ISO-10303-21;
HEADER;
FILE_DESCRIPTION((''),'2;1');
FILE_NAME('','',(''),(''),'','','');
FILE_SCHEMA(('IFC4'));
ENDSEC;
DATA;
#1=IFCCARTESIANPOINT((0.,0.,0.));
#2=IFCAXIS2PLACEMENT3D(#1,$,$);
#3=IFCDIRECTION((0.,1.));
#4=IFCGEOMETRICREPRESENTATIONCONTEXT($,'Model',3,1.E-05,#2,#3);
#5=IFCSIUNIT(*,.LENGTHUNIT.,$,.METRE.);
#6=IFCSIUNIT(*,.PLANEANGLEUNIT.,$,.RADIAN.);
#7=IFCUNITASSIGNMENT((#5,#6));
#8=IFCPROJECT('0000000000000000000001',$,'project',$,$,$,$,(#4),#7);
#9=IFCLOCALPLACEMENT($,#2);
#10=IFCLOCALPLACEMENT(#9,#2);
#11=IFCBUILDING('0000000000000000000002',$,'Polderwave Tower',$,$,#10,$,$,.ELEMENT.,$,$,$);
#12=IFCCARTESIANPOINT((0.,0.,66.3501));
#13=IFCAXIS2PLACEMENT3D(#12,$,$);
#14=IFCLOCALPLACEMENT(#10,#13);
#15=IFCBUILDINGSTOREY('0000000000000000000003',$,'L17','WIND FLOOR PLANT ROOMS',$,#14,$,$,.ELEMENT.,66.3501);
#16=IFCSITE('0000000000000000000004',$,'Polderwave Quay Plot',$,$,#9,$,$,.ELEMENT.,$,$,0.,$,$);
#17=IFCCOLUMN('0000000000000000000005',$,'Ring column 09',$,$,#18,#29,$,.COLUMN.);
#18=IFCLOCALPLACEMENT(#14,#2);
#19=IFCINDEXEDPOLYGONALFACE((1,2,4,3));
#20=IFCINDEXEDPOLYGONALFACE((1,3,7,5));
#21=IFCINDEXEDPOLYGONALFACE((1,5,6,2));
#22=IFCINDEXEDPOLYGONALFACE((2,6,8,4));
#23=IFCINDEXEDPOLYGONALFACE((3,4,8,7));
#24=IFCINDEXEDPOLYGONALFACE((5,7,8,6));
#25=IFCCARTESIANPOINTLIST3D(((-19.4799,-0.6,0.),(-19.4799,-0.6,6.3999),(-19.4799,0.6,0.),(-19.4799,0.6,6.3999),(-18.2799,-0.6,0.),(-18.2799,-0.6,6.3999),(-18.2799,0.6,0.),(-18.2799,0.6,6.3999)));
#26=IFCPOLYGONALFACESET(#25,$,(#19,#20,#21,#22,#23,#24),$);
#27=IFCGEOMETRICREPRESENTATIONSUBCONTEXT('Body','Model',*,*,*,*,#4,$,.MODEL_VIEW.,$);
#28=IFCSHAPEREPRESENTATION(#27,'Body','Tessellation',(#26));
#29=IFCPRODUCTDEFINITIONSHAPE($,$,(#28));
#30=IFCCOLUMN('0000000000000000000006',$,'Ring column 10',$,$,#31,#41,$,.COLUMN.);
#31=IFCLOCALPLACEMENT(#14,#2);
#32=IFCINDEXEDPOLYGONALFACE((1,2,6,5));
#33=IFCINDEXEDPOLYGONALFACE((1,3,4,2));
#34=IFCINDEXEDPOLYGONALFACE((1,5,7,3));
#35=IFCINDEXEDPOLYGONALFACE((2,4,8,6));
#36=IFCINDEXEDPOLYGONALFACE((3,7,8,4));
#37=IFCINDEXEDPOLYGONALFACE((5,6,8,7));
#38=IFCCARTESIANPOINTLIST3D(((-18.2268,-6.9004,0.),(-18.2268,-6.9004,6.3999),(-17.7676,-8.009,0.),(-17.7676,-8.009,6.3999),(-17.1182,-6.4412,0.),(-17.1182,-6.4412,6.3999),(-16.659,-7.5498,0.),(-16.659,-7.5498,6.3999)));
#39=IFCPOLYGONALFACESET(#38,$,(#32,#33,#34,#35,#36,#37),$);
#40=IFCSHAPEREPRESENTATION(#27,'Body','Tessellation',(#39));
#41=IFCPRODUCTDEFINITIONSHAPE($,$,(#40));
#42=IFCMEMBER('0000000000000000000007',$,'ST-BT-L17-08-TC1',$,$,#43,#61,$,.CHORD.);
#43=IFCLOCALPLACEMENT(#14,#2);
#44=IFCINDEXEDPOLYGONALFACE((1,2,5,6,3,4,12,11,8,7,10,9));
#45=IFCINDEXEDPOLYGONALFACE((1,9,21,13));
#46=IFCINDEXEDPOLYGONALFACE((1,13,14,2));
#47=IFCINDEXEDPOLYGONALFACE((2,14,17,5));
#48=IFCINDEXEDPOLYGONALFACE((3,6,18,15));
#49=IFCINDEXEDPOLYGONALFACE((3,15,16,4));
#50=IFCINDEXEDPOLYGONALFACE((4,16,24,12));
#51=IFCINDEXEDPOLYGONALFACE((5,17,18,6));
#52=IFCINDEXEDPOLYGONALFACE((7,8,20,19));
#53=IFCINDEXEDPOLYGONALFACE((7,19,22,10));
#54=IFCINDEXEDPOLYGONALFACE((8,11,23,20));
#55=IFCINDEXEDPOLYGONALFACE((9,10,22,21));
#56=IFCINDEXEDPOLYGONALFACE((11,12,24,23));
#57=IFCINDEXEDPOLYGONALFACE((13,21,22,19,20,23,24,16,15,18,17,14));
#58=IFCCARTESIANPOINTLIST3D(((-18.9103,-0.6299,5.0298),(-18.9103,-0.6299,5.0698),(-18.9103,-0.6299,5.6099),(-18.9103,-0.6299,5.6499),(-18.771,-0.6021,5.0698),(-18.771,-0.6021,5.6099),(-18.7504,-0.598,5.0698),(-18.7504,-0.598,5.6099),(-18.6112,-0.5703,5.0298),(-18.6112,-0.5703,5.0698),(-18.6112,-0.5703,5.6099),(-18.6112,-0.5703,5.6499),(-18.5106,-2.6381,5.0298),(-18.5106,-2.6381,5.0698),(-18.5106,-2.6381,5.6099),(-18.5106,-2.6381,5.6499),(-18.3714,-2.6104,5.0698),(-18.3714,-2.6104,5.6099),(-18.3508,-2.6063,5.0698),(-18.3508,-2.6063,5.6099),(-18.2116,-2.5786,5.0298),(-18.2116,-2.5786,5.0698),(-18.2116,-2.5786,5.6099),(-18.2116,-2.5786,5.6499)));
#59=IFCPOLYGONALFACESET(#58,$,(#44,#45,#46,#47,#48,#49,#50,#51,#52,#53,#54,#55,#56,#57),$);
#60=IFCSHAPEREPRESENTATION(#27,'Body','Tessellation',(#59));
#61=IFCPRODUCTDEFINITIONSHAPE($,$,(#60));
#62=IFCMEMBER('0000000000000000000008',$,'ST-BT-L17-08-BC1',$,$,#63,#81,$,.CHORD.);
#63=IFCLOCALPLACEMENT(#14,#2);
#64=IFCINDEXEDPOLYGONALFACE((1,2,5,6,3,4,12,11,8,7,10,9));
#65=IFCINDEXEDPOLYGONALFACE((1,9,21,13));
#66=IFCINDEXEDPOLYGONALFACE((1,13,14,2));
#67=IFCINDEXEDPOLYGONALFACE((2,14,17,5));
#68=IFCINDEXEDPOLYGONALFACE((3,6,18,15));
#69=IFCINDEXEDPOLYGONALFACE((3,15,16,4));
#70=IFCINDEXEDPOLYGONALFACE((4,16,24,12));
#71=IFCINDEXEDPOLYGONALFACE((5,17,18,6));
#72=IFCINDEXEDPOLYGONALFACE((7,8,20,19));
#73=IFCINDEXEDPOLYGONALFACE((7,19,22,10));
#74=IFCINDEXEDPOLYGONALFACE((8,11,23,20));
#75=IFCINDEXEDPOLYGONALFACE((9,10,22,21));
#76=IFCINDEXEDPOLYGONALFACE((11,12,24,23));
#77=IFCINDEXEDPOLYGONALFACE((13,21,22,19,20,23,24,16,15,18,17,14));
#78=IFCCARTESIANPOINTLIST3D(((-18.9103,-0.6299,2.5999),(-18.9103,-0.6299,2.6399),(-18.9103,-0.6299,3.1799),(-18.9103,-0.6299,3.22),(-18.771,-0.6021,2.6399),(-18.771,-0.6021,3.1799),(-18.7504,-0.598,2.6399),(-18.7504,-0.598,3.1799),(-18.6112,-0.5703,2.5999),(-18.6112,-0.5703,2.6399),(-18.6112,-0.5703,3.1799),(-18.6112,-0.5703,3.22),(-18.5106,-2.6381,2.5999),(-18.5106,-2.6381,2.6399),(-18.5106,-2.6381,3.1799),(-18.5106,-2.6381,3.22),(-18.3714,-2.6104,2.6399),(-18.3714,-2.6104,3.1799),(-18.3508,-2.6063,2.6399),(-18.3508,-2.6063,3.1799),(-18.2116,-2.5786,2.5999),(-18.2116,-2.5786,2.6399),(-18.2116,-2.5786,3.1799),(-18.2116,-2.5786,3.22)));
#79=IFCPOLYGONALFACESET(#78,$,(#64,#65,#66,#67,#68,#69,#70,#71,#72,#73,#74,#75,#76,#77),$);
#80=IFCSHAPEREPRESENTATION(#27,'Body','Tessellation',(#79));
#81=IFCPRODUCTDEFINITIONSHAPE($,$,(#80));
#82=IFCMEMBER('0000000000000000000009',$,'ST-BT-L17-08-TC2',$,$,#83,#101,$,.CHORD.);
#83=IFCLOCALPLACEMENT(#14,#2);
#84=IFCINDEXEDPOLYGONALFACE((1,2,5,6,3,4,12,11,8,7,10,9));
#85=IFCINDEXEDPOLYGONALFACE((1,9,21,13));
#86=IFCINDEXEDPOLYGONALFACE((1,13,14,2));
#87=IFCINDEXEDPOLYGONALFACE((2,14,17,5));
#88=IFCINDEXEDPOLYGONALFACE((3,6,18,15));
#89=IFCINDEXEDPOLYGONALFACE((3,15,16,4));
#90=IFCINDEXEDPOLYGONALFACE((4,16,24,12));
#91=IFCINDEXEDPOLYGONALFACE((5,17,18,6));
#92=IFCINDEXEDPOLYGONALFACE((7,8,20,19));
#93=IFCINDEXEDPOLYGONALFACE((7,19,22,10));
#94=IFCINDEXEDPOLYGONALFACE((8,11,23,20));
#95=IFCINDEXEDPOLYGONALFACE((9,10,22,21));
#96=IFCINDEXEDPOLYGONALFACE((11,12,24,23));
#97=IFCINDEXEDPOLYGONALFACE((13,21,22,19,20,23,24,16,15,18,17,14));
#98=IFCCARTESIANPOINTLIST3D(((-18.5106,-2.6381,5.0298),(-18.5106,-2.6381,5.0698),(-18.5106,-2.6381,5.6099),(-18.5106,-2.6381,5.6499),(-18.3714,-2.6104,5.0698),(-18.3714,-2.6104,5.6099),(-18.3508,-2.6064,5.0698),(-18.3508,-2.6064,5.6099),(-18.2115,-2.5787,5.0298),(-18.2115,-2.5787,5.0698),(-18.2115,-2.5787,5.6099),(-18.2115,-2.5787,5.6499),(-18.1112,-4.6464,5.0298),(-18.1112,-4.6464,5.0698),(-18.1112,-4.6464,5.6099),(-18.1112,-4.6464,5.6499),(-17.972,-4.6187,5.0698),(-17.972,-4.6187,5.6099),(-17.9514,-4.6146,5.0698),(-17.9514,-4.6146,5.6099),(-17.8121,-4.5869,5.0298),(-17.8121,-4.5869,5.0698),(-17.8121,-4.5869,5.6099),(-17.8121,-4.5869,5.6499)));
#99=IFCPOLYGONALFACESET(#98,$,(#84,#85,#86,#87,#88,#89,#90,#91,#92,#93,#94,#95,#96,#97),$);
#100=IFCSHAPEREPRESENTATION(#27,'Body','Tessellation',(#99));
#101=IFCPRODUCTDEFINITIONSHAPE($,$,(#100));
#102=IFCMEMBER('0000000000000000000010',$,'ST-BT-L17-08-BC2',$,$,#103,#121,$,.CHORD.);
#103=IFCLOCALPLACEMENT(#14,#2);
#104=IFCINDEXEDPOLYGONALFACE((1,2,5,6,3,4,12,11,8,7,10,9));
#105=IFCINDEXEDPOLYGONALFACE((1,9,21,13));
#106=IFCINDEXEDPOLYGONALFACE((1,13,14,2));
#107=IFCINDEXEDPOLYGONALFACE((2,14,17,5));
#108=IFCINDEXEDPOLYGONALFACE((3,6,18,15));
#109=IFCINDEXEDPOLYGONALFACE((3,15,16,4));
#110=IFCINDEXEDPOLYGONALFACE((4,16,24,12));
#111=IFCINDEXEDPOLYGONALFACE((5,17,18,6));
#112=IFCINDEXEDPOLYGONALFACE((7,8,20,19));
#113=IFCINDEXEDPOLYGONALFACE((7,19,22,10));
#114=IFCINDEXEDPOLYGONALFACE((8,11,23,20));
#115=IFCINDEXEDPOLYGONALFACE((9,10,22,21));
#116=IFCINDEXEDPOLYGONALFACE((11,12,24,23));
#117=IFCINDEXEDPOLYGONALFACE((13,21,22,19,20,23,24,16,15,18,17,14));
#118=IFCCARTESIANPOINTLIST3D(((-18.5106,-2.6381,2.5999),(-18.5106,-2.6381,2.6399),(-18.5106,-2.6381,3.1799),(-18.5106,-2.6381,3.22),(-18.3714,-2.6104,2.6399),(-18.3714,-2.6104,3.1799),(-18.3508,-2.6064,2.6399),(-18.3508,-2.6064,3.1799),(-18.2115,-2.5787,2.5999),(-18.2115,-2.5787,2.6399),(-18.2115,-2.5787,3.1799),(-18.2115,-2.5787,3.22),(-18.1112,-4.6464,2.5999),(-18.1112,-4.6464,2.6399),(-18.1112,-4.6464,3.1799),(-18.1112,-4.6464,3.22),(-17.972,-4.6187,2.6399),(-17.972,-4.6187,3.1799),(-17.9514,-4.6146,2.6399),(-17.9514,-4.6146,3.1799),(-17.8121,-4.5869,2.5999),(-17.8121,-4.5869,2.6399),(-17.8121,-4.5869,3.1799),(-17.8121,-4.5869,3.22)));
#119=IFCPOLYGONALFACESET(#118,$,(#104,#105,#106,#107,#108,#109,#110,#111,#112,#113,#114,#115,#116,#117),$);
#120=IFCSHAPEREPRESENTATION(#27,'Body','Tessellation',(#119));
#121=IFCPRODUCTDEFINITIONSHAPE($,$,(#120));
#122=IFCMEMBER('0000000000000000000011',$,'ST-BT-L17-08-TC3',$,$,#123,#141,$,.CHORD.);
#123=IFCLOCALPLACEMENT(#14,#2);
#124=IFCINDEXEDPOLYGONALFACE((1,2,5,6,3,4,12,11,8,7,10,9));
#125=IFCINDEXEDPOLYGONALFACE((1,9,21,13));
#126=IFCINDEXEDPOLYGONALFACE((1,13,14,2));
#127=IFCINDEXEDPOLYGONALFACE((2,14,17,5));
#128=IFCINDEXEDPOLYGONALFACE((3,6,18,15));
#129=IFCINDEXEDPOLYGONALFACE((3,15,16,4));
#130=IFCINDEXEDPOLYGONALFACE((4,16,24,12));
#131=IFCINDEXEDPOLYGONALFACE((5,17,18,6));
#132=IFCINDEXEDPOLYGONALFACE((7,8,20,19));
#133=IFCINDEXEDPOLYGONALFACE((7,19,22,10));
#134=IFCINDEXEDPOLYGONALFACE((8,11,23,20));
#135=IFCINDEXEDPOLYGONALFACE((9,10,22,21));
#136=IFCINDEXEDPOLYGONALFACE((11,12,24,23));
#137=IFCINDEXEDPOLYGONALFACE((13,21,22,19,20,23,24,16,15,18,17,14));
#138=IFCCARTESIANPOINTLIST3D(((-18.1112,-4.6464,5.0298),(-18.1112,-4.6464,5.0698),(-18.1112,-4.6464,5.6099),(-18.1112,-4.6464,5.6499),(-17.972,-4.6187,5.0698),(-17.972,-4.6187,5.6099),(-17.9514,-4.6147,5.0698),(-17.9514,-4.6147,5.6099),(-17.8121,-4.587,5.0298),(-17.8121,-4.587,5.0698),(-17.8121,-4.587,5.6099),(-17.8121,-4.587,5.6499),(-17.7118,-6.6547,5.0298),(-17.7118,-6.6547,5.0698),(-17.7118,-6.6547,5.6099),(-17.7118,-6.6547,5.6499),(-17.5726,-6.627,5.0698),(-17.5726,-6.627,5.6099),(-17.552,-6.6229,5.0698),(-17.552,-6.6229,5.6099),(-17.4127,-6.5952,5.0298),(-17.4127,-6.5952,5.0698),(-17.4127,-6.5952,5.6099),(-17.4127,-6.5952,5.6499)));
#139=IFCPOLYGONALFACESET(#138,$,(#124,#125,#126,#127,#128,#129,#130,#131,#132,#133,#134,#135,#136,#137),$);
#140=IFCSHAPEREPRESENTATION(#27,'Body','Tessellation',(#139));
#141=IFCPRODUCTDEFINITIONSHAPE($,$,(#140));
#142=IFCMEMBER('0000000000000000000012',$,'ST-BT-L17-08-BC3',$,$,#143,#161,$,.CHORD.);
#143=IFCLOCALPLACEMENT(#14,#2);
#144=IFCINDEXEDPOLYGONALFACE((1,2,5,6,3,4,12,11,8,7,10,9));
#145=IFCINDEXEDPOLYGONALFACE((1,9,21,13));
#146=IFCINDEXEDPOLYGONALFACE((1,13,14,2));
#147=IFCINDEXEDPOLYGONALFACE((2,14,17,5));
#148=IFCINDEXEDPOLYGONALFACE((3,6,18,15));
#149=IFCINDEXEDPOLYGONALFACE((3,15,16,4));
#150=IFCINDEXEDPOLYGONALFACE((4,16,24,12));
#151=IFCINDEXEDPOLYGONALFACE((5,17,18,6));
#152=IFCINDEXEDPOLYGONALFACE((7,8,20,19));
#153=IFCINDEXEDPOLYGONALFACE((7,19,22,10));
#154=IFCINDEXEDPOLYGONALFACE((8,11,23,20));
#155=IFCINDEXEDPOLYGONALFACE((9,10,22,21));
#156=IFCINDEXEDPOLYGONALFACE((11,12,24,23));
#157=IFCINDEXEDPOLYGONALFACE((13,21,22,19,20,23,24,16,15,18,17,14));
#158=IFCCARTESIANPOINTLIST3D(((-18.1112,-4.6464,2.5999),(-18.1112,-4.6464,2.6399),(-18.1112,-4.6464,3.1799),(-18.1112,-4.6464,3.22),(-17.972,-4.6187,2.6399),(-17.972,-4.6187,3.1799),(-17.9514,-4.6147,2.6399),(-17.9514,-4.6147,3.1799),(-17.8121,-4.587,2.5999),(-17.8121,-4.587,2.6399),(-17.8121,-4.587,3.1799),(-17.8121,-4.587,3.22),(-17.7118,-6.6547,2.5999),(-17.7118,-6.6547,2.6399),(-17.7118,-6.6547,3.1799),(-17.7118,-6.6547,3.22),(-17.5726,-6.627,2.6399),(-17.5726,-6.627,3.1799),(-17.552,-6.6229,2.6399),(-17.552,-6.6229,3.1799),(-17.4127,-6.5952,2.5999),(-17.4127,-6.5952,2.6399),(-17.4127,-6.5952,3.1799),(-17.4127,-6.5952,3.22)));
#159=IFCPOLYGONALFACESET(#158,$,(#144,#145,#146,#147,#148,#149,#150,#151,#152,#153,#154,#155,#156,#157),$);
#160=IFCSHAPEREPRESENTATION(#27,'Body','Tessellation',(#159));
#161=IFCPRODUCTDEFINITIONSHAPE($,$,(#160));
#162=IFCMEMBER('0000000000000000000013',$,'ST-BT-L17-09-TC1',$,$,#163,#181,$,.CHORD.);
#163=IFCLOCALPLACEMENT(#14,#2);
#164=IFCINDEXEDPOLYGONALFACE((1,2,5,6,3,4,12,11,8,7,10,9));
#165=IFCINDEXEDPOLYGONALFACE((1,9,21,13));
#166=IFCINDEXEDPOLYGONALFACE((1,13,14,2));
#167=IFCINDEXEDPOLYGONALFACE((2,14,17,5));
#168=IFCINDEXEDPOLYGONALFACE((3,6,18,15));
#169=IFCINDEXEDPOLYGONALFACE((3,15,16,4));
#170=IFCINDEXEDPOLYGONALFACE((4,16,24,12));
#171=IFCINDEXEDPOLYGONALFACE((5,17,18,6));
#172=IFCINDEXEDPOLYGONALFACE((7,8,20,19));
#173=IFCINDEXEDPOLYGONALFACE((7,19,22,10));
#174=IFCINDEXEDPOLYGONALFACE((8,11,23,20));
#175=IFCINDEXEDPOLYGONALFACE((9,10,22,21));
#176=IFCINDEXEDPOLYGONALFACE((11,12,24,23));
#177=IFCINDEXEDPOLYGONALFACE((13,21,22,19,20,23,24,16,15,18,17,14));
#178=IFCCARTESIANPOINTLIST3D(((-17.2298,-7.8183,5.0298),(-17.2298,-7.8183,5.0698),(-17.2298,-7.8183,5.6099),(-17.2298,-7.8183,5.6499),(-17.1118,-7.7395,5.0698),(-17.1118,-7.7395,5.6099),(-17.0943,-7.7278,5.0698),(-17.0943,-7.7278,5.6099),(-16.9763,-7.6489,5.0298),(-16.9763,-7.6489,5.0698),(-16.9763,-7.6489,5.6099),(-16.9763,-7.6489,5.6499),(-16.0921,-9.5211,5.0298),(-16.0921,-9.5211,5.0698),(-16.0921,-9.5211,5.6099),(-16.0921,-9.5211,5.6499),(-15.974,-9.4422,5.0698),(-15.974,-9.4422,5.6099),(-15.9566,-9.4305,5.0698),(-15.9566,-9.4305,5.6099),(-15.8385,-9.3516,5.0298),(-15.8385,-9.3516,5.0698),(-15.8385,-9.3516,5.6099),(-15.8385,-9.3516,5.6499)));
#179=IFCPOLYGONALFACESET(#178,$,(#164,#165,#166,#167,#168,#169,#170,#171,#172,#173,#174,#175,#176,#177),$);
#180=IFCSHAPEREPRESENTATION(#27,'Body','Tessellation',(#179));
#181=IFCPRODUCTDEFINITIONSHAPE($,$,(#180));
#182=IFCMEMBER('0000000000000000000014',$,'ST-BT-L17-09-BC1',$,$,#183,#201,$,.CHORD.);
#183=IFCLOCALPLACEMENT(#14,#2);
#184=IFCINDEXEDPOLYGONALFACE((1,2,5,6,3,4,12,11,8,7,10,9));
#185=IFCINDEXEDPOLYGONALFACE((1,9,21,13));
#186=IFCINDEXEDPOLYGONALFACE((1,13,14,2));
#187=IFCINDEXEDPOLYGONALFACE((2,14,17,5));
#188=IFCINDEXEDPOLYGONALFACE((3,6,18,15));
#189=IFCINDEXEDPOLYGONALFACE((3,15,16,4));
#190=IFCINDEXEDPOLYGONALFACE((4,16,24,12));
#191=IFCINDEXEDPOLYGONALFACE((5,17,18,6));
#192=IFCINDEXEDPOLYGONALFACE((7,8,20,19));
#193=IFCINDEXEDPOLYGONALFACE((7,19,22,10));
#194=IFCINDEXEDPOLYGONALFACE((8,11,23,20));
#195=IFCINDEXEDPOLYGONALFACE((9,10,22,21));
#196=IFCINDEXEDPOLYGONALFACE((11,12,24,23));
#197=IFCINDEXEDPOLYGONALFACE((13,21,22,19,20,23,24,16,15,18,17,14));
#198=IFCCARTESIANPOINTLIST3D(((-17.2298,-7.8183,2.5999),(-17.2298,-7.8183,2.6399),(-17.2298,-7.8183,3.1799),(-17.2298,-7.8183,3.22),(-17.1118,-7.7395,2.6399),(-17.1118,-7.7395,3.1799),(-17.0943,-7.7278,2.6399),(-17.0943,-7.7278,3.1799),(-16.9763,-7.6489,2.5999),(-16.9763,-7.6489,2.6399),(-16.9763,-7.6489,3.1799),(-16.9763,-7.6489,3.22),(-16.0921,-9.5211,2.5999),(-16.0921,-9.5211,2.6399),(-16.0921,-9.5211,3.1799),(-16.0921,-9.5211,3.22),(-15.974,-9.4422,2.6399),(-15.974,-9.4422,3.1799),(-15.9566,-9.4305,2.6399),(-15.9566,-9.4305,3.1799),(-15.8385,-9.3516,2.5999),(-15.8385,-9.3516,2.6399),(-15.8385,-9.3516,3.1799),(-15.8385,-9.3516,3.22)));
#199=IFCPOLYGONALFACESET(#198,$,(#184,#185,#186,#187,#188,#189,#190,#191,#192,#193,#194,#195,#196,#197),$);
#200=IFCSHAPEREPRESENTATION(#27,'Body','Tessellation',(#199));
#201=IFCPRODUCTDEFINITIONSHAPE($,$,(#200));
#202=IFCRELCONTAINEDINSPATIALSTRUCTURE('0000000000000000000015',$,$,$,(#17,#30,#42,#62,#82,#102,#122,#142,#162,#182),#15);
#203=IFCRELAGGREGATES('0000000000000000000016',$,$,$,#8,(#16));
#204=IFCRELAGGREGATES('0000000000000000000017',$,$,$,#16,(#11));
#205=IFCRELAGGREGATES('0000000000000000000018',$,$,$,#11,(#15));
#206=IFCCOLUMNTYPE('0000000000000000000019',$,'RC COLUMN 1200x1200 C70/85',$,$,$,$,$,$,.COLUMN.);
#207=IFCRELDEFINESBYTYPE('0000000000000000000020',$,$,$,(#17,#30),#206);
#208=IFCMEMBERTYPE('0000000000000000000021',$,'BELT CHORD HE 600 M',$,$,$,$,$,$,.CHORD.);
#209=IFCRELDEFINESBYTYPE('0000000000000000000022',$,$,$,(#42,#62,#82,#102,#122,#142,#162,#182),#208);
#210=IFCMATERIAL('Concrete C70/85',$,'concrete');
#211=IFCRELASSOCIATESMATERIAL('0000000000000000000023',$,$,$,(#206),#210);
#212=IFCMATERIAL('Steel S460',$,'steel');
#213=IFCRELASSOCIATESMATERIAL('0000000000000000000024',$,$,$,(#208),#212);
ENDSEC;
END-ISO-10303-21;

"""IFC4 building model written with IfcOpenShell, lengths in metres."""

from ifc_helpers import new_model, si_unit, direction, frame, origin, origin_2d, place, context, subcontext, project, spatial, rectangle, i_section, extrude, material, material_profile, profile_set, type_object, element, save


model = new_model("IFC4")

# Units and contexts
model_context = context("Model", 3, precision=1e-05, world=origin(), true_north=direction((0.0, 1.0)))
body_context = subcontext(model_context, "Body", "Model", "MODEL_VIEW")
ifc_project = project(units=[si_unit("LENGTHUNIT", "METRE"), si_unit("PLANEANGLEUNIT", "RADIAN")], contexts=[model_context])

# Site, building, storey
site_placement = place(None, origin())
site = spatial("IfcSite", under=ifc_project, at=site_placement, Name="Polderwave Quay Plot", CompositionType="ELEMENT", RefElevation=0.0)
building_placement = place(site_placement, origin())
building = spatial("IfcBuilding", under=site, at=building_placement, Name="Polderwave Tower", CompositionType="ELEMENT")
storey_placement = place(building_placement, frame((0.0, 0.0, 66.3501)))
storey = spatial("IfcBuildingStorey", under=building, at=storey_placement, Name="L17", Description="WIND FLOOR PLANT ROOMS", CompositionType="ELEMENT", Elevation=66.3501)

# Columns
ifc_material_1 = material(Name="Concrete C70/85", Category="concrete")
ifc_material_profile_1 = material_profile(ifc_material_1, rectangle(XDim=1.2, YDim=1.2, at=origin_2d()), Name="RC 1200x1200")
ifc_profile_set_1 = profile_set([ifc_material_profile_1], Name="Concrete C70/85")
column_type = type_object("IfcColumnType", Name="RC COLUMN 1200x1200 C70/85", PredefinedType="COLUMN", material=ifc_profile_set_1)
for number, where, z_axis, x_axis, name in (
    (1, (-18.8799, 0.0, 0.0), (0.0, 0.0, 1.0), (-1.0, 0.0, 0.0), "Ring column 09"),
    (2, (-17.4429, -7.2251, 0.0), (0.0, 0.0, 1.0), (-0.92388, -0.382683, 0.0), "Ring column 10"),
):
    element("IfcColumn", number, at=place(storey_placement, frame(where, z_axis=z_axis, x_axis=x_axis)), inside=storey, type_object=column_type, Name=name, PredefinedType="COLUMN", context=body_context, shape_type="SweptSolid", body=[
        extrude(rectangle(XDim=1.2, YDim=1.2, at=origin_2d()), origin(), (0.0, 0.0, 1.0), 6.3999),
    ])

# Members
ifc_material_2 = material(Name="Steel S460", Category="steel")
ifc_material_profile_2 = material_profile(ifc_material_2, i_section(OverallWidth=0.3049, OverallDepth=0.6201, WebThickness=0.021, FlangeThickness=0.04, at=origin_2d()), Name="HE 600 M")
ifc_profile_set_2 = profile_set([ifc_material_profile_2], Name="Steel S460")
member_type_1 = type_object("IfcMemberType", Name="BELT CHORD HE 600 M", PredefinedType="CHORD", material=ifc_profile_set_2)
for number, where, z_axis, x_axis, name in (
    (3, (-18.7607, -0.6001, 5.3398), (0.195176, -0.980768, 0.0), (0.980768, 0.195176, 0.0), "ST-BT-L17-08-TC1"),
    (4, (-18.7607, -0.6001, 2.9099), (0.195176, -0.980768, 0.0), (0.980768, 0.195176, 0.0), "ST-BT-L17-08-BC1"),
    (5, (-18.3611, -2.6084, 5.3398), (0.195061, -0.980791, 0.0), (0.980791, 0.195061, 0.0), "ST-BT-L17-08-TC2"),
    (6, (-18.3611, -2.6084, 2.9099), (0.195061, -0.980791, 0.0), (0.980791, 0.195061, 0.0), "ST-BT-L17-08-BC2"),
    (7, (-17.9617, -4.6167, 5.3398), (0.195061, -0.980791, 0.0), (0.980791, 0.195061, 0.0), "ST-BT-L17-08-TC3"),
    (8, (-17.9617, -4.6167, 2.9099), (0.195061, -0.980791, 0.0), (0.980791, 0.195061, 0.0), "ST-BT-L17-08-BC3"),
):
    element("IfcMember", number, at=place(storey_placement, frame(where, z_axis=z_axis, x_axis=x_axis)), inside=storey, type_object=member_type_1, Name=name, PredefinedType="CHORD", context=body_context, shape_type="SweptSolid", body=[
        extrude(i_section(OverallWidth=0.3049, OverallDepth=0.6201, WebThickness=0.021, FlangeThickness=0.04, at=origin_2d()), origin(), (0.0, 0.0, 1.0), 2.0476),
    ])
for number, where, z_axis, x_axis, name in (
    (9, (-17.103, -7.7336, 5.3398), (0.55558, -0.831463, 0.0), (0.831463, 0.55558, 0.0), "ST-BT-L17-09-TC1"),
    (10, (-17.103, -7.7336, 2.9099), (0.55558, -0.831463, 0.0), (0.831463, 0.55558, 0.0), "ST-BT-L17-09-BC1"),
):
    element("IfcMember", number, at=place(storey_placement, frame(where, z_axis=z_axis, x_axis=x_axis)), inside=storey, type_object=member_type_1, Name=name, PredefinedType="CHORD", context=body_context, shape_type="SweptSolid", body=[
        extrude(i_section(OverallWidth=0.3049, OverallDepth=0.6201, WebThickness=0.021, FlangeThickness=0.04, at=origin_2d()), origin(), (0.0, 0.0, 1.0), 2.0479),
    ])

save(model, "model.ifc")
